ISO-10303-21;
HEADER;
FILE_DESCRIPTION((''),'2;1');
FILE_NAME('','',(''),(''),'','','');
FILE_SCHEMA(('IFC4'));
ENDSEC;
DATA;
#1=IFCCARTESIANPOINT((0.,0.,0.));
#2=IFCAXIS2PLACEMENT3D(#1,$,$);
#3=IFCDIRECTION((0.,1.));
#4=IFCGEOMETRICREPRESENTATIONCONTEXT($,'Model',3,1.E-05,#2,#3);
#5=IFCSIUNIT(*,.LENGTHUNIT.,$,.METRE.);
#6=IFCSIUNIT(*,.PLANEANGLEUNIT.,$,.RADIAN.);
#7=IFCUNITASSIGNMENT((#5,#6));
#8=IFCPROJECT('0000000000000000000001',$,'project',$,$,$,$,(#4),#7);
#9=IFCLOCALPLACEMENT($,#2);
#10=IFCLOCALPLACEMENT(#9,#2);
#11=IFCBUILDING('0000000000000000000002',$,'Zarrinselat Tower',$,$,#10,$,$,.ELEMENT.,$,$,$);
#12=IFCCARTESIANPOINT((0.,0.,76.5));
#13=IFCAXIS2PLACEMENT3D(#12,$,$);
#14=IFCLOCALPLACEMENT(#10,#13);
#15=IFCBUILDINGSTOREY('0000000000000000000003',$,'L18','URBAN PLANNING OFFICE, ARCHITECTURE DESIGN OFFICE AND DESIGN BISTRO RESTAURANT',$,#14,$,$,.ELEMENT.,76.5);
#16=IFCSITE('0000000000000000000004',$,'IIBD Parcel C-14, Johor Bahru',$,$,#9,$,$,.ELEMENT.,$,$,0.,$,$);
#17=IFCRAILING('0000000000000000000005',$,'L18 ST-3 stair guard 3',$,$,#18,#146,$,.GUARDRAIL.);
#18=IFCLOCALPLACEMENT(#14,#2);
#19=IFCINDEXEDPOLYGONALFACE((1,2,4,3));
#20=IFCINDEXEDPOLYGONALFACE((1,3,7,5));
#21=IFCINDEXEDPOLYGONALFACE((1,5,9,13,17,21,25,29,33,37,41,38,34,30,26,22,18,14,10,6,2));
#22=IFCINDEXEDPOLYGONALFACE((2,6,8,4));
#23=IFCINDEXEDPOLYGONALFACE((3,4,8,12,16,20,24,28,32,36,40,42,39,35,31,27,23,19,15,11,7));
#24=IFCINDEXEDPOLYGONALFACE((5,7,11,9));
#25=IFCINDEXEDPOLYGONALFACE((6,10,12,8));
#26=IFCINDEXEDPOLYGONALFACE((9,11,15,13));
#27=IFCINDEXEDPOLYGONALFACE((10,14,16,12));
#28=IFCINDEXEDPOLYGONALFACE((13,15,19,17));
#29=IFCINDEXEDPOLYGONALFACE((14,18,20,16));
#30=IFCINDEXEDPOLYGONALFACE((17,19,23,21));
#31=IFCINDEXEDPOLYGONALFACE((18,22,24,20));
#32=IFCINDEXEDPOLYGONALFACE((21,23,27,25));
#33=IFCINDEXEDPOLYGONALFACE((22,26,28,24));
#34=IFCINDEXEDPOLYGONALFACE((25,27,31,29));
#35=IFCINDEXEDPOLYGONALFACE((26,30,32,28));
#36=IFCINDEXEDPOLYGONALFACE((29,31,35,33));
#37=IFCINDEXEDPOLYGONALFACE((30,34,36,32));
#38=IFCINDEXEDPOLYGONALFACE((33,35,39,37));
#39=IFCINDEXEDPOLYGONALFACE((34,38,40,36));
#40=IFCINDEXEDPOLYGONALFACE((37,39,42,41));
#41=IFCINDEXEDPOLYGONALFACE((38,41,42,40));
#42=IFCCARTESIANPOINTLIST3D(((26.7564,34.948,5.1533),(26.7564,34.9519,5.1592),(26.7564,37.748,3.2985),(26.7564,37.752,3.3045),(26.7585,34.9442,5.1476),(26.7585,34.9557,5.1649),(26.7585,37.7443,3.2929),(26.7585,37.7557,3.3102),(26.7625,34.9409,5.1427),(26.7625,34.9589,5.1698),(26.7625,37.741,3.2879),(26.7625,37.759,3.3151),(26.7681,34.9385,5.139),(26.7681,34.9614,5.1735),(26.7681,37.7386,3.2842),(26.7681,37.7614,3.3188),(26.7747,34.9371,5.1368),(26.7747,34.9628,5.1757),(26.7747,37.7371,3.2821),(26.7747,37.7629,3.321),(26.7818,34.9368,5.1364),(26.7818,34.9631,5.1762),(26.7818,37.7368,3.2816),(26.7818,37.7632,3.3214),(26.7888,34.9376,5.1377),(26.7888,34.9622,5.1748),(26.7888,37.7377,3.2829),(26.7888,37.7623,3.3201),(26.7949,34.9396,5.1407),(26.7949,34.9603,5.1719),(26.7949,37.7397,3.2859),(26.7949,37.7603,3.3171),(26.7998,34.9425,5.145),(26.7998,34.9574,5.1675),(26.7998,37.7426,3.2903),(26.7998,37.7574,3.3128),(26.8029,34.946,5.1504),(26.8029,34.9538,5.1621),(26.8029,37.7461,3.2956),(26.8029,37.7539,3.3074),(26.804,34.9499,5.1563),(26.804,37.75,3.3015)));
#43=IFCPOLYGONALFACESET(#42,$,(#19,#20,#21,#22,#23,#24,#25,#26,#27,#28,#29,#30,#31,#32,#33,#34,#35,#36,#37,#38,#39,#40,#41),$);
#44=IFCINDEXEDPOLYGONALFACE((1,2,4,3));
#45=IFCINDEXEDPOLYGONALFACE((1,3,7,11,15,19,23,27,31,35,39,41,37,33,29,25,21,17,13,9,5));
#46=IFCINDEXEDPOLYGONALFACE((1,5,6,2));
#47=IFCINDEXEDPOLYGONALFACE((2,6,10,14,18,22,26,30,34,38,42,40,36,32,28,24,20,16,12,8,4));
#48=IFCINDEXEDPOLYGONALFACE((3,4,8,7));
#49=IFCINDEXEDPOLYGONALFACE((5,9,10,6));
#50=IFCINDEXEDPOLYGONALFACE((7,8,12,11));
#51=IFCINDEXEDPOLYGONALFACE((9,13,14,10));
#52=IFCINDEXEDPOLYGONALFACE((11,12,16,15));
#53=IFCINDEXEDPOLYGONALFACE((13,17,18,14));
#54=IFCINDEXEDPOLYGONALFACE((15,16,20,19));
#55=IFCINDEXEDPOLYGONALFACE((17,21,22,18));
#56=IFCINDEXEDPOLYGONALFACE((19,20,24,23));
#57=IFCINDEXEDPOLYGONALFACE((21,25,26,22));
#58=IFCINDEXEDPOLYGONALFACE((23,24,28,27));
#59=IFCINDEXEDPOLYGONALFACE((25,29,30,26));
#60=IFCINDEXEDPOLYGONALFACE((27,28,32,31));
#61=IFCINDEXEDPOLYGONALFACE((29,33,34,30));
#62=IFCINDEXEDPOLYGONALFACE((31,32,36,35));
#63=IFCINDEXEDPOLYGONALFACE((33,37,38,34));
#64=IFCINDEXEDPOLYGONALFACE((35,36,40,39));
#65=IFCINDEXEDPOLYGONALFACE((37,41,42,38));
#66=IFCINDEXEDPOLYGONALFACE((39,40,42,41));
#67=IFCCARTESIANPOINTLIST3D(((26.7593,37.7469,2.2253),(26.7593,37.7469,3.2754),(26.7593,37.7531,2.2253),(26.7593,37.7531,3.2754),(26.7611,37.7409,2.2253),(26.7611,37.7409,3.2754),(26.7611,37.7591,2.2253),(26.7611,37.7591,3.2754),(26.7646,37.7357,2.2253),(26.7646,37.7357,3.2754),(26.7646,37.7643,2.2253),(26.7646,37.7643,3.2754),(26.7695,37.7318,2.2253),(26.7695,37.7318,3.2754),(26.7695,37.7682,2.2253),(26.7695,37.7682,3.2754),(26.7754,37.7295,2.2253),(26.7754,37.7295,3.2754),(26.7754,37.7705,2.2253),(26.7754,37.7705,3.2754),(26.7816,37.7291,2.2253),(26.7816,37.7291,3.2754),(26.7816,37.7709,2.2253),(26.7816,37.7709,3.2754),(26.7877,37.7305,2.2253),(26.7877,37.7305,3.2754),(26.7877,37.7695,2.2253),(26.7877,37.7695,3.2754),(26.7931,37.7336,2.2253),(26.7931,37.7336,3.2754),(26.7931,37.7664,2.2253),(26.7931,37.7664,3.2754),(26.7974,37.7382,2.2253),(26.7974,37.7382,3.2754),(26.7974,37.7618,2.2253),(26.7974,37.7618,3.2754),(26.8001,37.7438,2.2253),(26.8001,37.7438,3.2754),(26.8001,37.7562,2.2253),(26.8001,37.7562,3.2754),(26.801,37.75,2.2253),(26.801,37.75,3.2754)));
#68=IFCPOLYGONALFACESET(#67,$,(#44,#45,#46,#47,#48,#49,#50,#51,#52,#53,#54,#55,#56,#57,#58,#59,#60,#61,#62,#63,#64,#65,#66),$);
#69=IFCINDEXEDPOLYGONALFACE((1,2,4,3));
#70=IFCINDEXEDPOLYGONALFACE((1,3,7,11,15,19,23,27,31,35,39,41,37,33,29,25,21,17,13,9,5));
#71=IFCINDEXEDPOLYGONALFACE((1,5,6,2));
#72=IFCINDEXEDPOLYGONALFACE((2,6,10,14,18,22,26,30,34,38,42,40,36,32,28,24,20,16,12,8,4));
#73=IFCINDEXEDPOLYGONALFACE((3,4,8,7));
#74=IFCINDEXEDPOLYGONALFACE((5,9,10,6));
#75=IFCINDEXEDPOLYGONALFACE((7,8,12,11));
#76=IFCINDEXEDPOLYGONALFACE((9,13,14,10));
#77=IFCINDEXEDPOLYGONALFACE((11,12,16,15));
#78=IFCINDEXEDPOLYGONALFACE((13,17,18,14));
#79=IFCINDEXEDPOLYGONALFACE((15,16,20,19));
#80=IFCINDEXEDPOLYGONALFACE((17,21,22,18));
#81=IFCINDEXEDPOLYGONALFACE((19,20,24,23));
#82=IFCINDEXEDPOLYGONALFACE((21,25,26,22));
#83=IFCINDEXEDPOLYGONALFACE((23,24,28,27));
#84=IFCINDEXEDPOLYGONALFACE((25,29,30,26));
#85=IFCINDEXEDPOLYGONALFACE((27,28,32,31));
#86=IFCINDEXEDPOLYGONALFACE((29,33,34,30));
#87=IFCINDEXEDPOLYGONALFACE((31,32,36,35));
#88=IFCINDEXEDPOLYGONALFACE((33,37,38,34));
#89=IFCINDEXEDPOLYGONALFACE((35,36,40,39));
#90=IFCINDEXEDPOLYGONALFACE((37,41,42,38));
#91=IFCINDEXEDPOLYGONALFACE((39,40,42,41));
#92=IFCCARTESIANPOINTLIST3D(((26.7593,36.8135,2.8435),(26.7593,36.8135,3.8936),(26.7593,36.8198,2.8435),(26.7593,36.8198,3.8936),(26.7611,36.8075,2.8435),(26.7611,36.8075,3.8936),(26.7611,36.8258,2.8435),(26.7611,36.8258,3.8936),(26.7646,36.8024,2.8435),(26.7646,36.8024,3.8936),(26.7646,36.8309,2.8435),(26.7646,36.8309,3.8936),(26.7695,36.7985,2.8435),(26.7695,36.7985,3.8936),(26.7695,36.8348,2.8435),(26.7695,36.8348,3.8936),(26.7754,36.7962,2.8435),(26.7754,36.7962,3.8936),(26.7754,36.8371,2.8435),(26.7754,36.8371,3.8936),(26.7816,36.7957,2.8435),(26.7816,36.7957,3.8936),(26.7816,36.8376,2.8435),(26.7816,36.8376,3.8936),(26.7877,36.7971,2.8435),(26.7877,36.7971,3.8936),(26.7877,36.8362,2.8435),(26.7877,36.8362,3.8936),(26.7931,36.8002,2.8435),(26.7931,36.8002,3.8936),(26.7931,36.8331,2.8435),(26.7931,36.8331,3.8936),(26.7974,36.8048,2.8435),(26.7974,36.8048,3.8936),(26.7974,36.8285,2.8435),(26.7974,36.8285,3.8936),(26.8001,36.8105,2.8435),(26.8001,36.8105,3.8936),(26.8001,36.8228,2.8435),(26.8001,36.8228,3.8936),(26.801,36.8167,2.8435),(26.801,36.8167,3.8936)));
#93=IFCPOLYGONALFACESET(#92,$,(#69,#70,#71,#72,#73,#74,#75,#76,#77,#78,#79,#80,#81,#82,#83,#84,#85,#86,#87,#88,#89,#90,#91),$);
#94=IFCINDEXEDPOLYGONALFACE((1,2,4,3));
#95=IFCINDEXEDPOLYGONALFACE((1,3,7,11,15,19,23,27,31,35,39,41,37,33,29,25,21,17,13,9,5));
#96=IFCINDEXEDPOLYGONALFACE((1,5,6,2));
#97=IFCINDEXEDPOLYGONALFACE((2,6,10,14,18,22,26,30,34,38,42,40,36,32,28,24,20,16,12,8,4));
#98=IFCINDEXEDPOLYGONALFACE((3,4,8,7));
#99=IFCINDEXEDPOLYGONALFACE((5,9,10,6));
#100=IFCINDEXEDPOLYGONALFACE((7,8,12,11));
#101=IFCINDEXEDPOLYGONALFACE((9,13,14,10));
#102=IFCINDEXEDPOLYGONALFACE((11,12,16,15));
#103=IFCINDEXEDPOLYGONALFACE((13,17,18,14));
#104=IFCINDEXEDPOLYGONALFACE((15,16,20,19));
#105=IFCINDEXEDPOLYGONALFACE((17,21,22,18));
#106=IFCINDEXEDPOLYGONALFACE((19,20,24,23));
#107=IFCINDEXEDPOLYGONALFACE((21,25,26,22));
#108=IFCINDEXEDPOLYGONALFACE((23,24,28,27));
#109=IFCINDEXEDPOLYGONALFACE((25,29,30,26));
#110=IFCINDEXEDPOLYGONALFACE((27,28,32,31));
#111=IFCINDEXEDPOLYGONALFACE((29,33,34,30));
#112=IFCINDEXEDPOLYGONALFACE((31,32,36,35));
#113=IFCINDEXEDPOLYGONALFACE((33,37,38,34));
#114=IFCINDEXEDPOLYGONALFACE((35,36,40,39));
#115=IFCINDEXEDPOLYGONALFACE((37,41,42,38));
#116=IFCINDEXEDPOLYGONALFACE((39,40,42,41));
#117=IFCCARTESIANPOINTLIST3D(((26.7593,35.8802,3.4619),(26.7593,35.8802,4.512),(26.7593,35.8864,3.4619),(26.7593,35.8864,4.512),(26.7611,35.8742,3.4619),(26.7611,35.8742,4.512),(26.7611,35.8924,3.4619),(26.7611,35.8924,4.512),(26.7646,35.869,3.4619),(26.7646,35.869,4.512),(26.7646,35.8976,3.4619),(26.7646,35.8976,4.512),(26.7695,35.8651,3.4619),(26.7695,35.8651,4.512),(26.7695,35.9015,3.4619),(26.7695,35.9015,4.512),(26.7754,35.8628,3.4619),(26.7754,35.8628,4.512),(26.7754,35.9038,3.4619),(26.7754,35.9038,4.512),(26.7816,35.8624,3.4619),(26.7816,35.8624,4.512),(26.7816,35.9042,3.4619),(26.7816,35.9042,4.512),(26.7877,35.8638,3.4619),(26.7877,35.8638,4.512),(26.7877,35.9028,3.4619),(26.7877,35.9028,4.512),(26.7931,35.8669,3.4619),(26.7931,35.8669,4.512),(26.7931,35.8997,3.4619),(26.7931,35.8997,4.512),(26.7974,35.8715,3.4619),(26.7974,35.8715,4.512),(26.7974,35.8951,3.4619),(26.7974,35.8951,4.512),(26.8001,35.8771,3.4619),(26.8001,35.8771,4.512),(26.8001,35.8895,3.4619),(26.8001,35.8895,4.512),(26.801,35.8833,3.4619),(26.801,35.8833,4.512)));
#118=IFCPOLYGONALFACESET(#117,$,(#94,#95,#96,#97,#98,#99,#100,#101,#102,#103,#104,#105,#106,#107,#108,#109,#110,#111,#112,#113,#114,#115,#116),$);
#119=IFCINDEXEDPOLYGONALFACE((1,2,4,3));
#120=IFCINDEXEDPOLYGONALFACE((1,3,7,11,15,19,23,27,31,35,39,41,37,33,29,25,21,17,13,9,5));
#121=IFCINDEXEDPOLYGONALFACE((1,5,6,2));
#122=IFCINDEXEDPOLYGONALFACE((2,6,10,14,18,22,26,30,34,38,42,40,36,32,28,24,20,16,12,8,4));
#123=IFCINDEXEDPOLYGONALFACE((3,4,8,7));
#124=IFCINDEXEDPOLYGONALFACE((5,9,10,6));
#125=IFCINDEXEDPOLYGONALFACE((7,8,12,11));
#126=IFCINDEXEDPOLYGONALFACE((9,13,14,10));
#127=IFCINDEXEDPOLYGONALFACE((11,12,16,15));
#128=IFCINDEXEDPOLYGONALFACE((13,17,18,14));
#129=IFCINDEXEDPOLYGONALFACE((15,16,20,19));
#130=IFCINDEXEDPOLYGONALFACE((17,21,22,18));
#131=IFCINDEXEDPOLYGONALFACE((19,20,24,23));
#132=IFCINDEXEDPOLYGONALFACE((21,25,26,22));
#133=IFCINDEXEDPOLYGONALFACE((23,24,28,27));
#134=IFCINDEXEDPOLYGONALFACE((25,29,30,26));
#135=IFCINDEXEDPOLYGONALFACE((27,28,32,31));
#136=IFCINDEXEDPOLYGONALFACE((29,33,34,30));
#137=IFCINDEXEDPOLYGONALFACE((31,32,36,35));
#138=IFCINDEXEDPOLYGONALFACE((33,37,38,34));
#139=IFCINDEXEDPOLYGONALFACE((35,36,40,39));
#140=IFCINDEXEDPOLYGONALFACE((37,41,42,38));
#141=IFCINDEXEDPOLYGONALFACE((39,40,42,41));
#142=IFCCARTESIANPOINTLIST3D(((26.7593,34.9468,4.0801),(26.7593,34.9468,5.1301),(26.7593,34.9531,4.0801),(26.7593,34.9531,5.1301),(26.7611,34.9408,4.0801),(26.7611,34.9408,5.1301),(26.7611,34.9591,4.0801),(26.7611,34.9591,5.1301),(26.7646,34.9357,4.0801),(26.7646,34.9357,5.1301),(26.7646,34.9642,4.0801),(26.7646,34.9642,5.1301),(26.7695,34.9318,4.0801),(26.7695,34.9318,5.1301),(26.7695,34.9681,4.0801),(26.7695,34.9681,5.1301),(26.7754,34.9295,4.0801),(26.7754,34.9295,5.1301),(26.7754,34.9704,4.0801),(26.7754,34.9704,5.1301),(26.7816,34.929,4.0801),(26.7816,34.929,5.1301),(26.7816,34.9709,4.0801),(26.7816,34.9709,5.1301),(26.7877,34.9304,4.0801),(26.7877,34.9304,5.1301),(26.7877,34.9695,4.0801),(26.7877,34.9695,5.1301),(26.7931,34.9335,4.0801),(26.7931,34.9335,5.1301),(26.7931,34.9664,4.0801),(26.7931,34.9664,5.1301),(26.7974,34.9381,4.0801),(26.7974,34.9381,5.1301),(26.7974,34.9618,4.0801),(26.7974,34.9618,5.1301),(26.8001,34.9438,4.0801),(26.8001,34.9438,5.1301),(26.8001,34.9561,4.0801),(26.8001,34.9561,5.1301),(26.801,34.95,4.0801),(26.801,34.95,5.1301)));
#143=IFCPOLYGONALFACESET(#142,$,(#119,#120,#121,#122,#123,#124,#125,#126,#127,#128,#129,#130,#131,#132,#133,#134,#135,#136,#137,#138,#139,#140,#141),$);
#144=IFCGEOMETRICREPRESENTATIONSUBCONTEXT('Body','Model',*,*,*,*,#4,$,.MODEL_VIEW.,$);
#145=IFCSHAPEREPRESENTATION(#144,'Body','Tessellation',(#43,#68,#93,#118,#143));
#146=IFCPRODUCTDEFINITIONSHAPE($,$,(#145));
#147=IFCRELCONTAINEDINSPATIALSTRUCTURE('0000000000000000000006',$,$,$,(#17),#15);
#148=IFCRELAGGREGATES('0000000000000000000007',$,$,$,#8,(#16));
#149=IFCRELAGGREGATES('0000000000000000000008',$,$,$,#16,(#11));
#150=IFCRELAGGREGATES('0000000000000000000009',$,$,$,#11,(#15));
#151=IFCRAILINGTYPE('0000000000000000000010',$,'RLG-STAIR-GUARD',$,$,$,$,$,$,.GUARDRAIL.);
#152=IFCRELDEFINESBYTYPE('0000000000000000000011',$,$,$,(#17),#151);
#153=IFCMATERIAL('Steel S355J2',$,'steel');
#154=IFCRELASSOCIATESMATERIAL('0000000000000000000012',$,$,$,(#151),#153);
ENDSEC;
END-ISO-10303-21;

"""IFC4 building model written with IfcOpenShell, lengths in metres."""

from ifc_helpers import new_model, si_unit, direction, frame, origin, origin_2d, place, context, subcontext, project, spatial, circle, extrude, material, type_object, element, save


model = new_model("IFC4")

# Units and contexts
model_context = context("Model", 3, precision=1e-05, world=origin(), true_north=direction((0.0, 1.0)))
body_context = subcontext(model_context, "Body", "Model", "MODEL_VIEW")
ifc_project = project(units=[si_unit("LENGTHUNIT", "METRE"), si_unit("PLANEANGLEUNIT", "RADIAN")], contexts=[model_context])

# Site, building, storey
site_placement = place(None, origin())
site = spatial("IfcSite", under=ifc_project, at=site_placement, Name="IIBD Parcel C-14, Johor Bahru", CompositionType="ELEMENT", RefElevation=0.0)
building_placement = place(site_placement, origin())
building = spatial("IfcBuilding", under=site, at=building_placement, Name="Zarrinselat Tower", CompositionType="ELEMENT")
storey_placement = place(building_placement, frame((0.0, 0.0, 76.5)))
storey = spatial("IfcBuildingStorey", under=building, at=storey_placement, Name="L18", Description="URBAN PLANNING OFFICE, ARCHITECTURE DESIGN OFFICE AND DESIGN BISTRO RESTAURANT", CompositionType="ELEMENT", Elevation=76.5)

# Railing
ifc_material_1 = material(Name="Steel S355J2", Category="steel")
railing_type_1 = type_object("IfcRailingType", Name="RLG-STAIR-GUARD", PredefinedType="GUARDRAIL", material=ifc_material_1)
railing_1_placement = place(storey_placement, frame((26.78, 37.75, 2.2253)))
element("IfcRailing", 1, at=railing_1_placement, inside=storey, type_object=railing_type_1, Name="L18 ST-3 stair guard 3", PredefinedType="GUARDRAIL", context=body_context, shape_type="SweptSolid", body=[
    extrude(circle(Radius=0.0239, at=origin_2d()), frame((0.0, 0.0, 1.0762), z_axis=(0.0, -0.833691, 0.552232), x_axis=(1.0, 0.0, 0.0)), (0.0, 0.0, 1.0), 3.3586),
    extrude(circle(Radius=0.021, at=origin_2d()), origin(), (0.0, 0.0, 1.0), 1.05),
    extrude(circle(Radius=0.021, at=origin_2d()), frame((0.0, -0.9333, 0.6182)), (0.0, 0.0, 1.0), 1.05),
    extrude(circle(Radius=0.021, at=origin_2d()), frame((0.0, -1.8667, 1.2366)), (0.0, 0.0, 1.0), 1.05),
    extrude(circle(Radius=0.021, at=origin_2d()), frame((0.0, -2.8, 1.8547)), (0.0, 0.0, 1.0), 1.05),
])

save(model, "model.ifc")
